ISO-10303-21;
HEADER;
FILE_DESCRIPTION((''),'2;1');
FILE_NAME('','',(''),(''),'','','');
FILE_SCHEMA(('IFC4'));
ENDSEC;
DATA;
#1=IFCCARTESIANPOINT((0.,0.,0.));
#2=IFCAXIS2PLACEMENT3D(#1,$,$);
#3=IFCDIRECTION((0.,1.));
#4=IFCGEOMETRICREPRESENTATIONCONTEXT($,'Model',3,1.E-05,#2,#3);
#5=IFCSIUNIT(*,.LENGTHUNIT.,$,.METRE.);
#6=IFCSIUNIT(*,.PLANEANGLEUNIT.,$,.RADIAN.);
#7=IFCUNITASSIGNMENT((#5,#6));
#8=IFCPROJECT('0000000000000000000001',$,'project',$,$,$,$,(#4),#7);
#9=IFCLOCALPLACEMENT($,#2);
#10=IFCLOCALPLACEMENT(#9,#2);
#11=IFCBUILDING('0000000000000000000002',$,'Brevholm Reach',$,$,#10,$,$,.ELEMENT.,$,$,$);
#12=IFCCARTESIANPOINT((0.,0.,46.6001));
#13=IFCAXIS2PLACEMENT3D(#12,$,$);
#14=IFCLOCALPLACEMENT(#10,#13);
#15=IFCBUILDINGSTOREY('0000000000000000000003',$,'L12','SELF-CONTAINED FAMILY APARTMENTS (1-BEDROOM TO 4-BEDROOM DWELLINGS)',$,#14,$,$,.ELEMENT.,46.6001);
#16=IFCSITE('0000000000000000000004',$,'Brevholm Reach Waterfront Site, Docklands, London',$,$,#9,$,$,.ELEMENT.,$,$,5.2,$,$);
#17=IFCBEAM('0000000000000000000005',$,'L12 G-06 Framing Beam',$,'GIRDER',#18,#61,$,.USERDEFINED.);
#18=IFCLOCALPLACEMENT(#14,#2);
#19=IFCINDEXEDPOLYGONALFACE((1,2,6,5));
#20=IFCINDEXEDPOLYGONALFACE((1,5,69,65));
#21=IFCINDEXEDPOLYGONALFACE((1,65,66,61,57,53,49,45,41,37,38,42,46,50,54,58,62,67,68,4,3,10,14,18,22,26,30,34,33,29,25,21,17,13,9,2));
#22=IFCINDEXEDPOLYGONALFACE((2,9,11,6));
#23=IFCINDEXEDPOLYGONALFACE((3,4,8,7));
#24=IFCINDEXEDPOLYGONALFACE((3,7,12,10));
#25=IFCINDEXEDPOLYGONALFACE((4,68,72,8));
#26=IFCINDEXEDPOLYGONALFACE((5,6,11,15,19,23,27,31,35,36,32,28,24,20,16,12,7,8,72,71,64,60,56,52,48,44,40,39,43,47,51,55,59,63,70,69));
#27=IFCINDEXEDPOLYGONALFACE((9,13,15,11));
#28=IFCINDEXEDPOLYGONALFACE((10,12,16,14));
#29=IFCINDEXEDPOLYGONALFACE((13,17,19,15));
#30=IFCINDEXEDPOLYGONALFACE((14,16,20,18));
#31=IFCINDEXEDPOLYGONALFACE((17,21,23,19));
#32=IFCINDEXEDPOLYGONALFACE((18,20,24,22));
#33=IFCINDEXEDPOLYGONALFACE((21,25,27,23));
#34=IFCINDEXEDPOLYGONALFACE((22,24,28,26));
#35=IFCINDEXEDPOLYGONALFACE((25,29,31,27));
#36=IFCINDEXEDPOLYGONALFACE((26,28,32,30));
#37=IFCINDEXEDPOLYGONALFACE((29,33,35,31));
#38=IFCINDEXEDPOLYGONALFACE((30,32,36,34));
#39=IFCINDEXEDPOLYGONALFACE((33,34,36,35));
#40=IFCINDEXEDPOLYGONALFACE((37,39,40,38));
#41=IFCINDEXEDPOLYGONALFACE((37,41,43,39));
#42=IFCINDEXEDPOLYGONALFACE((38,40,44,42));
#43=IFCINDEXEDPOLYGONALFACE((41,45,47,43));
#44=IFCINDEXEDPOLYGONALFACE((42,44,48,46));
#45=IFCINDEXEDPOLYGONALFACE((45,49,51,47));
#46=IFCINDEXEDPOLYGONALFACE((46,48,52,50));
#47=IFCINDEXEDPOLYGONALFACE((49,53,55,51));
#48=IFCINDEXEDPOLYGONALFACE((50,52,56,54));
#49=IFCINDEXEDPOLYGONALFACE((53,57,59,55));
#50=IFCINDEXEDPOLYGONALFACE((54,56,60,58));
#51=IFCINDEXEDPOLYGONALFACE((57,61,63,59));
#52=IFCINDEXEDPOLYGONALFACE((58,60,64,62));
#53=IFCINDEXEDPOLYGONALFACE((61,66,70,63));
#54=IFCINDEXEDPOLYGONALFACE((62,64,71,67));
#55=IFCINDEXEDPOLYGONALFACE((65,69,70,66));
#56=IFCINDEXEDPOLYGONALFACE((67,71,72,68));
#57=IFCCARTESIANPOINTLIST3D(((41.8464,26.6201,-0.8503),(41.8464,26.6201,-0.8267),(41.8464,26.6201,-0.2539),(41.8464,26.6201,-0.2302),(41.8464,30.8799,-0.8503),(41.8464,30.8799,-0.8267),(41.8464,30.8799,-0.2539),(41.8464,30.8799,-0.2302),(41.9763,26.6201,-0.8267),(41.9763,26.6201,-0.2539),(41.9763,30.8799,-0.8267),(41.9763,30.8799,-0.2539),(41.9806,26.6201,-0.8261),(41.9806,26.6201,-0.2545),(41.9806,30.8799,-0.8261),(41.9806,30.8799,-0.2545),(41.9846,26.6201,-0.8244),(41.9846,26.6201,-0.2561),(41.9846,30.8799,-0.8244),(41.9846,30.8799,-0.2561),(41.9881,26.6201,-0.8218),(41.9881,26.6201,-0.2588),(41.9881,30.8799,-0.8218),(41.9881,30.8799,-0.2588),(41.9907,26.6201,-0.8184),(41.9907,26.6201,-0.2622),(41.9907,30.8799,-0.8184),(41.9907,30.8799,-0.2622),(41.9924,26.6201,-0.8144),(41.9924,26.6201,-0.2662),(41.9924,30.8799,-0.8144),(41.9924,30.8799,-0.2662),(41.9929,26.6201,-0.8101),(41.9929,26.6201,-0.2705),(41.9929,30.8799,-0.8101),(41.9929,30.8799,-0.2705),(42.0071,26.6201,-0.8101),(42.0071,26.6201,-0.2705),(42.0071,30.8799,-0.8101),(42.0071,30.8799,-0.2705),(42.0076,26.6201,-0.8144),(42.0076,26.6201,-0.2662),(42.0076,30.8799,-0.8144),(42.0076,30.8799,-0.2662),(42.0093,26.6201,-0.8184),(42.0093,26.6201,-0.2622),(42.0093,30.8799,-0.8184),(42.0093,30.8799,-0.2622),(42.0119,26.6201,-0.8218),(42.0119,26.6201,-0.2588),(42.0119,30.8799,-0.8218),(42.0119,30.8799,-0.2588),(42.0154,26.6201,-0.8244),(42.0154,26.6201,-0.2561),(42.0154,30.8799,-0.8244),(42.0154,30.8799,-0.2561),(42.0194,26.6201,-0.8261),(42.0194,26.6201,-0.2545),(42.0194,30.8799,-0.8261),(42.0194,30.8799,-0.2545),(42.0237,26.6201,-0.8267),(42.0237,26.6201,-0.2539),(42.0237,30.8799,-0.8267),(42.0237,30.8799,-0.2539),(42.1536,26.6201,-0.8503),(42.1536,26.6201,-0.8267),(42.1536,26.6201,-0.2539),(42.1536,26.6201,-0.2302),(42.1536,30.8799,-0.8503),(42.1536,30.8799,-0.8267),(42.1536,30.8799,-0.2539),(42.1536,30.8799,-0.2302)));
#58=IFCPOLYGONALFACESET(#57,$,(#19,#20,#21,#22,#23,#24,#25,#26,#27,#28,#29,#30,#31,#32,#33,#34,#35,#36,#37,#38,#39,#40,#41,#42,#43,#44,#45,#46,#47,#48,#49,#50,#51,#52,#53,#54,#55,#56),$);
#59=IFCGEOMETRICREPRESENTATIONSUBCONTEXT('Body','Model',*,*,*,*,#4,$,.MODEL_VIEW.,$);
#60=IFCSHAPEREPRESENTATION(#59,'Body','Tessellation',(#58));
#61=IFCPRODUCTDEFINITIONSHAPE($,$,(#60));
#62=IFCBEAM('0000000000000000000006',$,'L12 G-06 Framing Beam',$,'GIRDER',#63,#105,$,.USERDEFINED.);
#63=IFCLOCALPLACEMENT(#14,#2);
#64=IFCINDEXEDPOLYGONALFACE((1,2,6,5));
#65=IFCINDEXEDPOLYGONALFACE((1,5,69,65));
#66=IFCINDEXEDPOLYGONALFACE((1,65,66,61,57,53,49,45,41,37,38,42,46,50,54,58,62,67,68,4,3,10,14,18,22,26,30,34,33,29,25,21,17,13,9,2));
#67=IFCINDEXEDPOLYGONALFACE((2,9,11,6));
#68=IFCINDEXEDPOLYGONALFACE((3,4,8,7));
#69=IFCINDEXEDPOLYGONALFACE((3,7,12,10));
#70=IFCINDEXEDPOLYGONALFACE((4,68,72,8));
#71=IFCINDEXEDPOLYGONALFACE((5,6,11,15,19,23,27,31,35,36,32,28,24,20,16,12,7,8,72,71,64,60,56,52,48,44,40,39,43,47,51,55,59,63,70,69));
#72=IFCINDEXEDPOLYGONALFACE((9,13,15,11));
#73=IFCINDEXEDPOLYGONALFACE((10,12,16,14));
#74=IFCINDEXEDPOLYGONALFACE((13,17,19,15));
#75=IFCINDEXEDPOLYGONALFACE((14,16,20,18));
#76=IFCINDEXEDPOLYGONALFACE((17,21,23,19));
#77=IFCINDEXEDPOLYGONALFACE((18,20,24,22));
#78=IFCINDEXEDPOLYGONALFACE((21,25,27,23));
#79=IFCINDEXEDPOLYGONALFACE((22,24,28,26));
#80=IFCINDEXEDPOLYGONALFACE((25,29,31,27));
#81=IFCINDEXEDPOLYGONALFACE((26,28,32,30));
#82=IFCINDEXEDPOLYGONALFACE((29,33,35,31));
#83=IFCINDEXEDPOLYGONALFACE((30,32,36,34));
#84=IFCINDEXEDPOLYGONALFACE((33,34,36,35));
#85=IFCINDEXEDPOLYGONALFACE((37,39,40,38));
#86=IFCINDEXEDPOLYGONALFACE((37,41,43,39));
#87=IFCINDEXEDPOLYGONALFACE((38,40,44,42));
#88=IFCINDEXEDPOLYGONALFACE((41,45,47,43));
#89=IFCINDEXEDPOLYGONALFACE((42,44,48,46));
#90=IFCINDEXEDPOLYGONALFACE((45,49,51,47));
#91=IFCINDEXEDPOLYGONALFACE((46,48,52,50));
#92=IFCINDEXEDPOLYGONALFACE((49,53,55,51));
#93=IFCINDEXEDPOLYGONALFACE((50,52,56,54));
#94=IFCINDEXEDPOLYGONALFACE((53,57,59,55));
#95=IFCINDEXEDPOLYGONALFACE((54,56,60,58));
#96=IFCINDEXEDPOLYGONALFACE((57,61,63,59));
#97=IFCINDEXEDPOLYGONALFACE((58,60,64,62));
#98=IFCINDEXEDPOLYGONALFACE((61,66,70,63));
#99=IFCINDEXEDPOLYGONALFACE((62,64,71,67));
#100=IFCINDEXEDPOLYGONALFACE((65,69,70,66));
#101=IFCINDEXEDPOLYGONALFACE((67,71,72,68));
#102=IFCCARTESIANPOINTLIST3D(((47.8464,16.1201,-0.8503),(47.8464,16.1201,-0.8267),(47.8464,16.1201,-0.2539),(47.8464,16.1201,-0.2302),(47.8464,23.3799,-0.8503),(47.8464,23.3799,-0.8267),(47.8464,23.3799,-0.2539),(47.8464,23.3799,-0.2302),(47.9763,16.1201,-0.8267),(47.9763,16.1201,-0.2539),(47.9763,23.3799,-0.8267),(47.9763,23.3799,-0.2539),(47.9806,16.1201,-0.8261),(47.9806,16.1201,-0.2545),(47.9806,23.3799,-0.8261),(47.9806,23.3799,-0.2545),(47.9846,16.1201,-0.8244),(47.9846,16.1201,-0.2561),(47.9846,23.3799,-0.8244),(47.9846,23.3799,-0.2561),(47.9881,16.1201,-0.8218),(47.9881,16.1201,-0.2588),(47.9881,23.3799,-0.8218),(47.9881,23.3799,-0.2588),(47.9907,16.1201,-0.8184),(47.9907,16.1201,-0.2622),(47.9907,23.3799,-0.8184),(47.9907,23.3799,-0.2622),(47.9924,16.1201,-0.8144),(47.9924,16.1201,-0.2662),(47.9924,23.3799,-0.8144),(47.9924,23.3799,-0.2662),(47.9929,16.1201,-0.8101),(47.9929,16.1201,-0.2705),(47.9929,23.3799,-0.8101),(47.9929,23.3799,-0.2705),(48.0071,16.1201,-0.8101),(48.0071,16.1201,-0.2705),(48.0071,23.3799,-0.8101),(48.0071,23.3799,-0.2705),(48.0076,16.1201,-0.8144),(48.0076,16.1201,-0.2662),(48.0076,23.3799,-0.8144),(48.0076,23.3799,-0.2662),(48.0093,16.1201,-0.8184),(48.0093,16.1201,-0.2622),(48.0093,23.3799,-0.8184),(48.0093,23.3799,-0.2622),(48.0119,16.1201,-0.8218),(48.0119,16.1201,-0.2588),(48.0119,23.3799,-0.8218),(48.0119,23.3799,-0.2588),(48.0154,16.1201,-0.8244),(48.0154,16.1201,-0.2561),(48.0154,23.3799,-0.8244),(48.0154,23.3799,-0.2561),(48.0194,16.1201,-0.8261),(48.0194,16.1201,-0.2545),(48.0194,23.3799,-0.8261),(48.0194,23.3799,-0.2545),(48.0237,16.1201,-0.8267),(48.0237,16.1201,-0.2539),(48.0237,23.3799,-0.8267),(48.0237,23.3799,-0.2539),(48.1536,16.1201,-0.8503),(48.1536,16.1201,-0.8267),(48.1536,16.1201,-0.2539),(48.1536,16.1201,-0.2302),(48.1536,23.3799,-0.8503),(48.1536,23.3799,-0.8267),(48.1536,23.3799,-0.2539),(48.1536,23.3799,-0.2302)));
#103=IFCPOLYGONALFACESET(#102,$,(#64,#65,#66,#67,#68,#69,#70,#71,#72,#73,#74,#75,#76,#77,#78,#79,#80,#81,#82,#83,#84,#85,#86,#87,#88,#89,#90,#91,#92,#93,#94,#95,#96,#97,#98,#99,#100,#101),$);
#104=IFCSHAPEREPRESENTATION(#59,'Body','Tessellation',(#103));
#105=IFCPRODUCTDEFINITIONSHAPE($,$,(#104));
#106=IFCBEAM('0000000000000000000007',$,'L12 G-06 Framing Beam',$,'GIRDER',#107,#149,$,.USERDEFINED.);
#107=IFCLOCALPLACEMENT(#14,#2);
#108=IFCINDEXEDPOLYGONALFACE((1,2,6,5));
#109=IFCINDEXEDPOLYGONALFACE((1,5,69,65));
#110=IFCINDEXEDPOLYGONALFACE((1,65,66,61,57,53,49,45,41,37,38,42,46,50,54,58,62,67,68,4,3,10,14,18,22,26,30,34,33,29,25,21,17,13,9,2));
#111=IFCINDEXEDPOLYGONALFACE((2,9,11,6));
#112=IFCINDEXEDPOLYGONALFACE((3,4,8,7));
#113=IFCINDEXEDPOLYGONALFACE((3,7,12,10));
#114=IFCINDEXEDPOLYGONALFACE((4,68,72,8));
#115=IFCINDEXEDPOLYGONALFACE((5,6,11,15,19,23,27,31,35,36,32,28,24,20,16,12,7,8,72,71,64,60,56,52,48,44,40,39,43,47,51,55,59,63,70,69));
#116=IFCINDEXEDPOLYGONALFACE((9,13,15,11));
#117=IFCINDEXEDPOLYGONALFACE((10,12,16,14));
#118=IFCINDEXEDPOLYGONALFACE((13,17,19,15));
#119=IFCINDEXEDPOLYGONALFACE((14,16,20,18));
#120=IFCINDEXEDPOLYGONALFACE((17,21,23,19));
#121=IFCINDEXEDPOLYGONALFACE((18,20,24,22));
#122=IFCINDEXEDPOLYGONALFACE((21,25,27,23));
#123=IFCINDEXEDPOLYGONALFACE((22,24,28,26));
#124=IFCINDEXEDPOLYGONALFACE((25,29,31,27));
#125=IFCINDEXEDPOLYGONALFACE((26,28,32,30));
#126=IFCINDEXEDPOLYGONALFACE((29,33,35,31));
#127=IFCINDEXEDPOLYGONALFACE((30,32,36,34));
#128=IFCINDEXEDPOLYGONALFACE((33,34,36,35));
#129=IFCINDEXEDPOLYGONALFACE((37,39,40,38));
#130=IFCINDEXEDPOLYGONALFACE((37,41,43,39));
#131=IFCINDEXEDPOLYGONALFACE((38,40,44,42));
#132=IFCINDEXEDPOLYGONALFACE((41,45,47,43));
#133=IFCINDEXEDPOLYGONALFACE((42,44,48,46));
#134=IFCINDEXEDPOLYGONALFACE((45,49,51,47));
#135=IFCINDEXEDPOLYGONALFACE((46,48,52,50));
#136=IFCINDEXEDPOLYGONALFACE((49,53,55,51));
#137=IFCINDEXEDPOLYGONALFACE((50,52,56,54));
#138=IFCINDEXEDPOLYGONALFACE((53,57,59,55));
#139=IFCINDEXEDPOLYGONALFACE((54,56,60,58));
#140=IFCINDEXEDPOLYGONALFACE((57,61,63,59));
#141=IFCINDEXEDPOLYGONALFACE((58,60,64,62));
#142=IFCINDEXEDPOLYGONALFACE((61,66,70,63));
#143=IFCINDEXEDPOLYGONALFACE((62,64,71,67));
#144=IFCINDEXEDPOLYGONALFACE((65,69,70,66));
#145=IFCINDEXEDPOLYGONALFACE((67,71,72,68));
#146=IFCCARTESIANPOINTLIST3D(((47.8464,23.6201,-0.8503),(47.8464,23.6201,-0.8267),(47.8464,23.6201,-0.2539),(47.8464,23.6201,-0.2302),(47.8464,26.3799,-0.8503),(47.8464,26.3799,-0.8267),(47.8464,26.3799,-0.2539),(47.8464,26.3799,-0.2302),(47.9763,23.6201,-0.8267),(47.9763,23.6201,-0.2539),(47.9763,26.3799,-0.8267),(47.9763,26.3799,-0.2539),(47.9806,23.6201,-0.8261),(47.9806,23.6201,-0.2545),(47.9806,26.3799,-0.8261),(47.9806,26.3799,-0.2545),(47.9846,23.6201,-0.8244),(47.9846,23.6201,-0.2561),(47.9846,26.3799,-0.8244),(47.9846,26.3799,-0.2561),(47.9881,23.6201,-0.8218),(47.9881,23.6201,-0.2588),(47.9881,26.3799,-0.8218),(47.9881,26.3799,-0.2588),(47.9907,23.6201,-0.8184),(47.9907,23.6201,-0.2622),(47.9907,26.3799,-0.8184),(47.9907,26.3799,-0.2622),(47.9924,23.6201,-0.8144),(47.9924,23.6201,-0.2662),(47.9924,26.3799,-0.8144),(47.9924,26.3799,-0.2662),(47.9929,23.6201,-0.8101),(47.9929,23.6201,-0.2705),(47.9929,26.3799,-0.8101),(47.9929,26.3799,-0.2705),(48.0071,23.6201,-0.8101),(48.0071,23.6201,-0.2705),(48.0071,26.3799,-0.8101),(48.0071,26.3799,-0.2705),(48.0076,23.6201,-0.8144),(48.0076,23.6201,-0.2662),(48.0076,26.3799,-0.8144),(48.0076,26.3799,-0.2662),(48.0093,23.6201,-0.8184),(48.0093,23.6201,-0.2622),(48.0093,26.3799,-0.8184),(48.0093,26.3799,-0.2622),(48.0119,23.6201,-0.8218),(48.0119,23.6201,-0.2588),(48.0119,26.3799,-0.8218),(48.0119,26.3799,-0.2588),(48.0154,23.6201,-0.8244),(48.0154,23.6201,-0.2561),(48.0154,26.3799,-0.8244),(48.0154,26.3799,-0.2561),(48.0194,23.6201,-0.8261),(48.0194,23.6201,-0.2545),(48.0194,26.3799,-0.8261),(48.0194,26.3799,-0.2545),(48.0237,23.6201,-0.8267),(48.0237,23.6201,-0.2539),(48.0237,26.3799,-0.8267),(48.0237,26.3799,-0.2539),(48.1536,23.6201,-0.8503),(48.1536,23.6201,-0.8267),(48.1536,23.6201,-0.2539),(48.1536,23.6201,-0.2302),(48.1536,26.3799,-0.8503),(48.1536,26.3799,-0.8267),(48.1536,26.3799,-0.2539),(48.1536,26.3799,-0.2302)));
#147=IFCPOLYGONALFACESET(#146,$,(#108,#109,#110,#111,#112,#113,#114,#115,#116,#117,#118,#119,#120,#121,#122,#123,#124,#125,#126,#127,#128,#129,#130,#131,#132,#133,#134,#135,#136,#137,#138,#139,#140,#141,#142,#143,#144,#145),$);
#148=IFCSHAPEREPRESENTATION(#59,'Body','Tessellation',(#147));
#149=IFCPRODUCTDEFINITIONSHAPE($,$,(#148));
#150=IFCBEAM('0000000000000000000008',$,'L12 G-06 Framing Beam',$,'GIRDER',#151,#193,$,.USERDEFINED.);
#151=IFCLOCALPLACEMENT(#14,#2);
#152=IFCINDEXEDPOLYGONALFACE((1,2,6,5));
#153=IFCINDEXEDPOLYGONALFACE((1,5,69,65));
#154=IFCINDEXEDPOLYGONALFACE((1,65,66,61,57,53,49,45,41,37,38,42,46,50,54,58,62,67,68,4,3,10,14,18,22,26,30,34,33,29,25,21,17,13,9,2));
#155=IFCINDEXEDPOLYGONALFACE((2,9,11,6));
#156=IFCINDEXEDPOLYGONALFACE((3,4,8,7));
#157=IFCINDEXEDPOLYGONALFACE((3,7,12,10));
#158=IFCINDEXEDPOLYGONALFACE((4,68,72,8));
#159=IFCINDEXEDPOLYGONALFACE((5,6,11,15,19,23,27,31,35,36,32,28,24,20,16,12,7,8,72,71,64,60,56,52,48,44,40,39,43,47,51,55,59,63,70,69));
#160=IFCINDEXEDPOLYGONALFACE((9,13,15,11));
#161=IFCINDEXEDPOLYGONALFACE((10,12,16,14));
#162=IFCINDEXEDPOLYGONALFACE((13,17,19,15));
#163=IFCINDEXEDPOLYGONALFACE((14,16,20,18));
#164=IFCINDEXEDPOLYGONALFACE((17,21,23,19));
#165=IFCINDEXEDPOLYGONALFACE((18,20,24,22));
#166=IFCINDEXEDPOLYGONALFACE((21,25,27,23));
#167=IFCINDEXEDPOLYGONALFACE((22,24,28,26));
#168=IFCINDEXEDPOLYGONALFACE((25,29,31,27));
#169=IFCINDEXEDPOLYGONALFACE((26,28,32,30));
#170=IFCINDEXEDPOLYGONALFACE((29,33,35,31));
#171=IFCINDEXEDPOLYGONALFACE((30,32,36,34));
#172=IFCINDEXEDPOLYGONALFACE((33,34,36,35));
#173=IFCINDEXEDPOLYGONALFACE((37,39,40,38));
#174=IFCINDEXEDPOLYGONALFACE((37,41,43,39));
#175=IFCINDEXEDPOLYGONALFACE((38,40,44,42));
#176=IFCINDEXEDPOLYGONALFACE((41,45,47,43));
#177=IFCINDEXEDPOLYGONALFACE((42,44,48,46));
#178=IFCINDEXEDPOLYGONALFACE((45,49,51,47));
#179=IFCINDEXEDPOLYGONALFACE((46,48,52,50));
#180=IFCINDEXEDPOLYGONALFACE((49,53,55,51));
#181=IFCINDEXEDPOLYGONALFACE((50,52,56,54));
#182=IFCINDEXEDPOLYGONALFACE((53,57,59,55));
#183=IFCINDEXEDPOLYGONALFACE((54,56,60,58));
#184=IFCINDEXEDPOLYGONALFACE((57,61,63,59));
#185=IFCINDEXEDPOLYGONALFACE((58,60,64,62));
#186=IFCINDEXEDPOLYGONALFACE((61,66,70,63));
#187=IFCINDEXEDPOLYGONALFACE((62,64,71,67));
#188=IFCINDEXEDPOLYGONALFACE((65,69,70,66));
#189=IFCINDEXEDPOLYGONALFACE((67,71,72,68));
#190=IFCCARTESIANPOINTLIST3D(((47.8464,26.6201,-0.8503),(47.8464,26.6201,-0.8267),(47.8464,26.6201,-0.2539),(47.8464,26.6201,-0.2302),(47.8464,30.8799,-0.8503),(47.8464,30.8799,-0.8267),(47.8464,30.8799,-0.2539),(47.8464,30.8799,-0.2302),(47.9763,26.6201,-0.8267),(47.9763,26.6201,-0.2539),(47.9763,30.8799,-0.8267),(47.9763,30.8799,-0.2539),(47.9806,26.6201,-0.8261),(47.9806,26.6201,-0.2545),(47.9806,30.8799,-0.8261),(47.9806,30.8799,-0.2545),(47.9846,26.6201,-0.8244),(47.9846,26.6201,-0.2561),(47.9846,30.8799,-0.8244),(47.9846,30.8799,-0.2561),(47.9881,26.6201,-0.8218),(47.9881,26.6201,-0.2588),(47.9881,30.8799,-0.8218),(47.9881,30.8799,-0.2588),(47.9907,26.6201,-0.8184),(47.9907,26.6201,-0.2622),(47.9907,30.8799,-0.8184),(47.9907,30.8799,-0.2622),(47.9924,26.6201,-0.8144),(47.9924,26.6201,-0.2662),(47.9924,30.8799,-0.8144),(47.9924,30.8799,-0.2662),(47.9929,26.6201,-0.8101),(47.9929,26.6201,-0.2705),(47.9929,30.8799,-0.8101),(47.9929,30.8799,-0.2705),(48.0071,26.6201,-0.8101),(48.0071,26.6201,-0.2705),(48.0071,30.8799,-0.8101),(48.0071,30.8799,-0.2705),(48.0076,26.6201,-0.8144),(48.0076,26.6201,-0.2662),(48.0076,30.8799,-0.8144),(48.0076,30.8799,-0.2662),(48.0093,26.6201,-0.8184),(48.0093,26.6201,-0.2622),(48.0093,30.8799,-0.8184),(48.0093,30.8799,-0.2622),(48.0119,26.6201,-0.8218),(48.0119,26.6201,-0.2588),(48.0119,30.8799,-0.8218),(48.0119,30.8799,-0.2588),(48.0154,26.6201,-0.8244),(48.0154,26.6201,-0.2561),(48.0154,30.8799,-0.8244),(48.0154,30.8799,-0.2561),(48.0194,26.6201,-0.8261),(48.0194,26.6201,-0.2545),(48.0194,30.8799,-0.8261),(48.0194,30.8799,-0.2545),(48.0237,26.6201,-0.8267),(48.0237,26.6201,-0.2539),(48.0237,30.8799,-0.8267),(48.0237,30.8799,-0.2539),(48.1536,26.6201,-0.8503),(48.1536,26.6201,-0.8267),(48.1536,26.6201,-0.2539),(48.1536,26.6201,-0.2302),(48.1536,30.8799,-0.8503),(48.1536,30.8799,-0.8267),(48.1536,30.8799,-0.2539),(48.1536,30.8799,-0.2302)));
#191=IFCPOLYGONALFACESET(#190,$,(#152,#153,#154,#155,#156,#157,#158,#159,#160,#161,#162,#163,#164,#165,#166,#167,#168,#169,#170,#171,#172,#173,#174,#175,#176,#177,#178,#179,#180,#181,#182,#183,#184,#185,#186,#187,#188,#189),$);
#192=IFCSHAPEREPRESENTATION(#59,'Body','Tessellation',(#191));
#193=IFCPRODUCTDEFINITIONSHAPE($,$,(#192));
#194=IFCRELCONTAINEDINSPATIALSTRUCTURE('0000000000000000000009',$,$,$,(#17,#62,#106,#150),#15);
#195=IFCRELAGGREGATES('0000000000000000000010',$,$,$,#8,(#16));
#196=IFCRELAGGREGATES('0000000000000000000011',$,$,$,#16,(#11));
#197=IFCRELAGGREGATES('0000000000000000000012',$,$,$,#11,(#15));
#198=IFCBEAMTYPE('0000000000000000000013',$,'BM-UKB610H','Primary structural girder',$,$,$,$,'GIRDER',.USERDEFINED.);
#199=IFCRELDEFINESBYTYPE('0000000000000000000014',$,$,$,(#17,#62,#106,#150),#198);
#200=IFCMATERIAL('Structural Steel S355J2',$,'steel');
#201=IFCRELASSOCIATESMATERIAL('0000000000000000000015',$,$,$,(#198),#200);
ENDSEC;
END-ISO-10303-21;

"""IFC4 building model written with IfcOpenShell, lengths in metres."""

from ifc_helpers import new_model, si_unit, direction, frame, origin, origin_2d, place, context, subcontext, project, spatial, i_section, extrude, material, material_profile, profile_set, type_object, element, save


model = new_model("IFC4")

# Units and contexts
model_context = context("Model", 3, precision=1e-05, world=origin(), true_north=direction((0.0, 1.0)))
body_context = subcontext(model_context, "Body", "Model", "MODEL_VIEW")
ifc_project = project(units=[si_unit("LENGTHUNIT", "METRE"), si_unit("PLANEANGLEUNIT", "RADIAN")], contexts=[model_context])

# Site, building, storey
site_placement = place(None, origin())
site = spatial("IfcSite", under=ifc_project, at=site_placement, Name="Brevholm Reach Waterfront Site, Docklands, London", CompositionType="ELEMENT", RefElevation=5.2)
building_placement = place(site_placement, origin())
building = spatial("IfcBuilding", under=site, at=building_placement, Name="Brevholm Reach", CompositionType="ELEMENT")
storey_placement = place(building_placement, frame((0.0, 0.0, 46.6001)))
storey = spatial("IfcBuildingStorey", under=building, at=storey_placement, Name="L12", Description="SELF-CONTAINED FAMILY APARTMENTS (1-BEDROOM TO 4-BEDROOM DWELLINGS)", CompositionType="ELEMENT", Elevation=46.6001)

# Beams
ifc_material_1 = material(Name="Structural Steel S355J2", Category="steel")
ifc_material_profile_1 = material_profile(ifc_material_1, i_section(OverallWidth=0.3071, OverallDepth=0.6201, WebThickness=0.0142, FlangeThickness=0.0237, FilletRadius=0.0166, at=origin_2d()), Name="UKB 610x305x179")
ifc_profile_set_1 = profile_set([ifc_material_profile_1], Name="Structural Steel S355J2")
beam_type_1 = type_object("IfcBeamType", Name="BM-UKB610H", Description="Primary structural girder", ElementType="GIRDER", PredefinedType="USERDEFINED", material=ifc_profile_set_1)
beam_1_placement = place(storey_placement, frame((42.0, 26.6201, -0.5403), z_axis=(0.0, 1.0, 0.0), x_axis=(-1.0, 0.0, 0.0)))
element("IfcBeam", 1, at=beam_1_placement, inside=storey, type_object=beam_type_1, Name="L12 G-06 Framing Beam", ObjectType="GIRDER", PredefinedType="USERDEFINED", context=body_context, shape_type="SweptSolid", body=[
    extrude(i_section(OverallWidth=0.3071, OverallDepth=0.6201, WebThickness=0.0142, FlangeThickness=0.0237, FilletRadius=0.0166, at=origin_2d()), origin(), (0.0, 0.0, 1.0), 4.2598),
])
beam_2_placement = place(storey_placement, frame((48.0, 16.1201, -0.5403), z_axis=(0.0, 1.0, 0.0), x_axis=(-1.0, 0.0, 0.0)))
element("IfcBeam", 2, at=beam_2_placement, inside=storey, type_object=beam_type_1, Name="L12 G-06 Framing Beam", ObjectType="GIRDER", PredefinedType="USERDEFINED", context=body_context, shape_type="SweptSolid", body=[
    extrude(i_section(OverallWidth=0.3071, OverallDepth=0.6201, WebThickness=0.0142, FlangeThickness=0.0237, FilletRadius=0.0166, at=origin_2d()), origin(), (0.0, 0.0, 1.0), 7.2598),
])
beam_3_placement = place(storey_placement, frame((48.0, 23.6201, -0.5403), z_axis=(0.0, 1.0, 0.0), x_axis=(-1.0, 0.0, 0.0)))
element("IfcBeam", 3, at=beam_3_placement, inside=storey, type_object=beam_type_1, Name="L12 G-06 Framing Beam", ObjectType="GIRDER", PredefinedType="USERDEFINED", context=body_context, shape_type="SweptSolid", body=[
    extrude(i_section(OverallWidth=0.3071, OverallDepth=0.6201, WebThickness=0.0142, FlangeThickness=0.0237, FilletRadius=0.0166, at=origin_2d()), origin(), (0.0, 0.0, 1.0), 2.7598),
])
beam_4_placement = place(storey_placement, frame((48.0, 26.6201, -0.5403), z_axis=(0.0, 1.0, 0.0), x_axis=(-1.0, 0.0, 0.0)))
element("IfcBeam", 4, at=beam_4_placement, inside=storey, type_object=beam_type_1, Name="L12 G-06 Framing Beam", ObjectType="GIRDER", PredefinedType="USERDEFINED", context=body_context, shape_type="SweptSolid", body=[
    extrude(i_section(OverallWidth=0.3071, OverallDepth=0.6201, WebThickness=0.0142, FlangeThickness=0.0237, FilletRadius=0.0166, at=origin_2d()), origin(), (0.0, 0.0, 1.0), 4.2598),
])

save(model, "model.ifc")
